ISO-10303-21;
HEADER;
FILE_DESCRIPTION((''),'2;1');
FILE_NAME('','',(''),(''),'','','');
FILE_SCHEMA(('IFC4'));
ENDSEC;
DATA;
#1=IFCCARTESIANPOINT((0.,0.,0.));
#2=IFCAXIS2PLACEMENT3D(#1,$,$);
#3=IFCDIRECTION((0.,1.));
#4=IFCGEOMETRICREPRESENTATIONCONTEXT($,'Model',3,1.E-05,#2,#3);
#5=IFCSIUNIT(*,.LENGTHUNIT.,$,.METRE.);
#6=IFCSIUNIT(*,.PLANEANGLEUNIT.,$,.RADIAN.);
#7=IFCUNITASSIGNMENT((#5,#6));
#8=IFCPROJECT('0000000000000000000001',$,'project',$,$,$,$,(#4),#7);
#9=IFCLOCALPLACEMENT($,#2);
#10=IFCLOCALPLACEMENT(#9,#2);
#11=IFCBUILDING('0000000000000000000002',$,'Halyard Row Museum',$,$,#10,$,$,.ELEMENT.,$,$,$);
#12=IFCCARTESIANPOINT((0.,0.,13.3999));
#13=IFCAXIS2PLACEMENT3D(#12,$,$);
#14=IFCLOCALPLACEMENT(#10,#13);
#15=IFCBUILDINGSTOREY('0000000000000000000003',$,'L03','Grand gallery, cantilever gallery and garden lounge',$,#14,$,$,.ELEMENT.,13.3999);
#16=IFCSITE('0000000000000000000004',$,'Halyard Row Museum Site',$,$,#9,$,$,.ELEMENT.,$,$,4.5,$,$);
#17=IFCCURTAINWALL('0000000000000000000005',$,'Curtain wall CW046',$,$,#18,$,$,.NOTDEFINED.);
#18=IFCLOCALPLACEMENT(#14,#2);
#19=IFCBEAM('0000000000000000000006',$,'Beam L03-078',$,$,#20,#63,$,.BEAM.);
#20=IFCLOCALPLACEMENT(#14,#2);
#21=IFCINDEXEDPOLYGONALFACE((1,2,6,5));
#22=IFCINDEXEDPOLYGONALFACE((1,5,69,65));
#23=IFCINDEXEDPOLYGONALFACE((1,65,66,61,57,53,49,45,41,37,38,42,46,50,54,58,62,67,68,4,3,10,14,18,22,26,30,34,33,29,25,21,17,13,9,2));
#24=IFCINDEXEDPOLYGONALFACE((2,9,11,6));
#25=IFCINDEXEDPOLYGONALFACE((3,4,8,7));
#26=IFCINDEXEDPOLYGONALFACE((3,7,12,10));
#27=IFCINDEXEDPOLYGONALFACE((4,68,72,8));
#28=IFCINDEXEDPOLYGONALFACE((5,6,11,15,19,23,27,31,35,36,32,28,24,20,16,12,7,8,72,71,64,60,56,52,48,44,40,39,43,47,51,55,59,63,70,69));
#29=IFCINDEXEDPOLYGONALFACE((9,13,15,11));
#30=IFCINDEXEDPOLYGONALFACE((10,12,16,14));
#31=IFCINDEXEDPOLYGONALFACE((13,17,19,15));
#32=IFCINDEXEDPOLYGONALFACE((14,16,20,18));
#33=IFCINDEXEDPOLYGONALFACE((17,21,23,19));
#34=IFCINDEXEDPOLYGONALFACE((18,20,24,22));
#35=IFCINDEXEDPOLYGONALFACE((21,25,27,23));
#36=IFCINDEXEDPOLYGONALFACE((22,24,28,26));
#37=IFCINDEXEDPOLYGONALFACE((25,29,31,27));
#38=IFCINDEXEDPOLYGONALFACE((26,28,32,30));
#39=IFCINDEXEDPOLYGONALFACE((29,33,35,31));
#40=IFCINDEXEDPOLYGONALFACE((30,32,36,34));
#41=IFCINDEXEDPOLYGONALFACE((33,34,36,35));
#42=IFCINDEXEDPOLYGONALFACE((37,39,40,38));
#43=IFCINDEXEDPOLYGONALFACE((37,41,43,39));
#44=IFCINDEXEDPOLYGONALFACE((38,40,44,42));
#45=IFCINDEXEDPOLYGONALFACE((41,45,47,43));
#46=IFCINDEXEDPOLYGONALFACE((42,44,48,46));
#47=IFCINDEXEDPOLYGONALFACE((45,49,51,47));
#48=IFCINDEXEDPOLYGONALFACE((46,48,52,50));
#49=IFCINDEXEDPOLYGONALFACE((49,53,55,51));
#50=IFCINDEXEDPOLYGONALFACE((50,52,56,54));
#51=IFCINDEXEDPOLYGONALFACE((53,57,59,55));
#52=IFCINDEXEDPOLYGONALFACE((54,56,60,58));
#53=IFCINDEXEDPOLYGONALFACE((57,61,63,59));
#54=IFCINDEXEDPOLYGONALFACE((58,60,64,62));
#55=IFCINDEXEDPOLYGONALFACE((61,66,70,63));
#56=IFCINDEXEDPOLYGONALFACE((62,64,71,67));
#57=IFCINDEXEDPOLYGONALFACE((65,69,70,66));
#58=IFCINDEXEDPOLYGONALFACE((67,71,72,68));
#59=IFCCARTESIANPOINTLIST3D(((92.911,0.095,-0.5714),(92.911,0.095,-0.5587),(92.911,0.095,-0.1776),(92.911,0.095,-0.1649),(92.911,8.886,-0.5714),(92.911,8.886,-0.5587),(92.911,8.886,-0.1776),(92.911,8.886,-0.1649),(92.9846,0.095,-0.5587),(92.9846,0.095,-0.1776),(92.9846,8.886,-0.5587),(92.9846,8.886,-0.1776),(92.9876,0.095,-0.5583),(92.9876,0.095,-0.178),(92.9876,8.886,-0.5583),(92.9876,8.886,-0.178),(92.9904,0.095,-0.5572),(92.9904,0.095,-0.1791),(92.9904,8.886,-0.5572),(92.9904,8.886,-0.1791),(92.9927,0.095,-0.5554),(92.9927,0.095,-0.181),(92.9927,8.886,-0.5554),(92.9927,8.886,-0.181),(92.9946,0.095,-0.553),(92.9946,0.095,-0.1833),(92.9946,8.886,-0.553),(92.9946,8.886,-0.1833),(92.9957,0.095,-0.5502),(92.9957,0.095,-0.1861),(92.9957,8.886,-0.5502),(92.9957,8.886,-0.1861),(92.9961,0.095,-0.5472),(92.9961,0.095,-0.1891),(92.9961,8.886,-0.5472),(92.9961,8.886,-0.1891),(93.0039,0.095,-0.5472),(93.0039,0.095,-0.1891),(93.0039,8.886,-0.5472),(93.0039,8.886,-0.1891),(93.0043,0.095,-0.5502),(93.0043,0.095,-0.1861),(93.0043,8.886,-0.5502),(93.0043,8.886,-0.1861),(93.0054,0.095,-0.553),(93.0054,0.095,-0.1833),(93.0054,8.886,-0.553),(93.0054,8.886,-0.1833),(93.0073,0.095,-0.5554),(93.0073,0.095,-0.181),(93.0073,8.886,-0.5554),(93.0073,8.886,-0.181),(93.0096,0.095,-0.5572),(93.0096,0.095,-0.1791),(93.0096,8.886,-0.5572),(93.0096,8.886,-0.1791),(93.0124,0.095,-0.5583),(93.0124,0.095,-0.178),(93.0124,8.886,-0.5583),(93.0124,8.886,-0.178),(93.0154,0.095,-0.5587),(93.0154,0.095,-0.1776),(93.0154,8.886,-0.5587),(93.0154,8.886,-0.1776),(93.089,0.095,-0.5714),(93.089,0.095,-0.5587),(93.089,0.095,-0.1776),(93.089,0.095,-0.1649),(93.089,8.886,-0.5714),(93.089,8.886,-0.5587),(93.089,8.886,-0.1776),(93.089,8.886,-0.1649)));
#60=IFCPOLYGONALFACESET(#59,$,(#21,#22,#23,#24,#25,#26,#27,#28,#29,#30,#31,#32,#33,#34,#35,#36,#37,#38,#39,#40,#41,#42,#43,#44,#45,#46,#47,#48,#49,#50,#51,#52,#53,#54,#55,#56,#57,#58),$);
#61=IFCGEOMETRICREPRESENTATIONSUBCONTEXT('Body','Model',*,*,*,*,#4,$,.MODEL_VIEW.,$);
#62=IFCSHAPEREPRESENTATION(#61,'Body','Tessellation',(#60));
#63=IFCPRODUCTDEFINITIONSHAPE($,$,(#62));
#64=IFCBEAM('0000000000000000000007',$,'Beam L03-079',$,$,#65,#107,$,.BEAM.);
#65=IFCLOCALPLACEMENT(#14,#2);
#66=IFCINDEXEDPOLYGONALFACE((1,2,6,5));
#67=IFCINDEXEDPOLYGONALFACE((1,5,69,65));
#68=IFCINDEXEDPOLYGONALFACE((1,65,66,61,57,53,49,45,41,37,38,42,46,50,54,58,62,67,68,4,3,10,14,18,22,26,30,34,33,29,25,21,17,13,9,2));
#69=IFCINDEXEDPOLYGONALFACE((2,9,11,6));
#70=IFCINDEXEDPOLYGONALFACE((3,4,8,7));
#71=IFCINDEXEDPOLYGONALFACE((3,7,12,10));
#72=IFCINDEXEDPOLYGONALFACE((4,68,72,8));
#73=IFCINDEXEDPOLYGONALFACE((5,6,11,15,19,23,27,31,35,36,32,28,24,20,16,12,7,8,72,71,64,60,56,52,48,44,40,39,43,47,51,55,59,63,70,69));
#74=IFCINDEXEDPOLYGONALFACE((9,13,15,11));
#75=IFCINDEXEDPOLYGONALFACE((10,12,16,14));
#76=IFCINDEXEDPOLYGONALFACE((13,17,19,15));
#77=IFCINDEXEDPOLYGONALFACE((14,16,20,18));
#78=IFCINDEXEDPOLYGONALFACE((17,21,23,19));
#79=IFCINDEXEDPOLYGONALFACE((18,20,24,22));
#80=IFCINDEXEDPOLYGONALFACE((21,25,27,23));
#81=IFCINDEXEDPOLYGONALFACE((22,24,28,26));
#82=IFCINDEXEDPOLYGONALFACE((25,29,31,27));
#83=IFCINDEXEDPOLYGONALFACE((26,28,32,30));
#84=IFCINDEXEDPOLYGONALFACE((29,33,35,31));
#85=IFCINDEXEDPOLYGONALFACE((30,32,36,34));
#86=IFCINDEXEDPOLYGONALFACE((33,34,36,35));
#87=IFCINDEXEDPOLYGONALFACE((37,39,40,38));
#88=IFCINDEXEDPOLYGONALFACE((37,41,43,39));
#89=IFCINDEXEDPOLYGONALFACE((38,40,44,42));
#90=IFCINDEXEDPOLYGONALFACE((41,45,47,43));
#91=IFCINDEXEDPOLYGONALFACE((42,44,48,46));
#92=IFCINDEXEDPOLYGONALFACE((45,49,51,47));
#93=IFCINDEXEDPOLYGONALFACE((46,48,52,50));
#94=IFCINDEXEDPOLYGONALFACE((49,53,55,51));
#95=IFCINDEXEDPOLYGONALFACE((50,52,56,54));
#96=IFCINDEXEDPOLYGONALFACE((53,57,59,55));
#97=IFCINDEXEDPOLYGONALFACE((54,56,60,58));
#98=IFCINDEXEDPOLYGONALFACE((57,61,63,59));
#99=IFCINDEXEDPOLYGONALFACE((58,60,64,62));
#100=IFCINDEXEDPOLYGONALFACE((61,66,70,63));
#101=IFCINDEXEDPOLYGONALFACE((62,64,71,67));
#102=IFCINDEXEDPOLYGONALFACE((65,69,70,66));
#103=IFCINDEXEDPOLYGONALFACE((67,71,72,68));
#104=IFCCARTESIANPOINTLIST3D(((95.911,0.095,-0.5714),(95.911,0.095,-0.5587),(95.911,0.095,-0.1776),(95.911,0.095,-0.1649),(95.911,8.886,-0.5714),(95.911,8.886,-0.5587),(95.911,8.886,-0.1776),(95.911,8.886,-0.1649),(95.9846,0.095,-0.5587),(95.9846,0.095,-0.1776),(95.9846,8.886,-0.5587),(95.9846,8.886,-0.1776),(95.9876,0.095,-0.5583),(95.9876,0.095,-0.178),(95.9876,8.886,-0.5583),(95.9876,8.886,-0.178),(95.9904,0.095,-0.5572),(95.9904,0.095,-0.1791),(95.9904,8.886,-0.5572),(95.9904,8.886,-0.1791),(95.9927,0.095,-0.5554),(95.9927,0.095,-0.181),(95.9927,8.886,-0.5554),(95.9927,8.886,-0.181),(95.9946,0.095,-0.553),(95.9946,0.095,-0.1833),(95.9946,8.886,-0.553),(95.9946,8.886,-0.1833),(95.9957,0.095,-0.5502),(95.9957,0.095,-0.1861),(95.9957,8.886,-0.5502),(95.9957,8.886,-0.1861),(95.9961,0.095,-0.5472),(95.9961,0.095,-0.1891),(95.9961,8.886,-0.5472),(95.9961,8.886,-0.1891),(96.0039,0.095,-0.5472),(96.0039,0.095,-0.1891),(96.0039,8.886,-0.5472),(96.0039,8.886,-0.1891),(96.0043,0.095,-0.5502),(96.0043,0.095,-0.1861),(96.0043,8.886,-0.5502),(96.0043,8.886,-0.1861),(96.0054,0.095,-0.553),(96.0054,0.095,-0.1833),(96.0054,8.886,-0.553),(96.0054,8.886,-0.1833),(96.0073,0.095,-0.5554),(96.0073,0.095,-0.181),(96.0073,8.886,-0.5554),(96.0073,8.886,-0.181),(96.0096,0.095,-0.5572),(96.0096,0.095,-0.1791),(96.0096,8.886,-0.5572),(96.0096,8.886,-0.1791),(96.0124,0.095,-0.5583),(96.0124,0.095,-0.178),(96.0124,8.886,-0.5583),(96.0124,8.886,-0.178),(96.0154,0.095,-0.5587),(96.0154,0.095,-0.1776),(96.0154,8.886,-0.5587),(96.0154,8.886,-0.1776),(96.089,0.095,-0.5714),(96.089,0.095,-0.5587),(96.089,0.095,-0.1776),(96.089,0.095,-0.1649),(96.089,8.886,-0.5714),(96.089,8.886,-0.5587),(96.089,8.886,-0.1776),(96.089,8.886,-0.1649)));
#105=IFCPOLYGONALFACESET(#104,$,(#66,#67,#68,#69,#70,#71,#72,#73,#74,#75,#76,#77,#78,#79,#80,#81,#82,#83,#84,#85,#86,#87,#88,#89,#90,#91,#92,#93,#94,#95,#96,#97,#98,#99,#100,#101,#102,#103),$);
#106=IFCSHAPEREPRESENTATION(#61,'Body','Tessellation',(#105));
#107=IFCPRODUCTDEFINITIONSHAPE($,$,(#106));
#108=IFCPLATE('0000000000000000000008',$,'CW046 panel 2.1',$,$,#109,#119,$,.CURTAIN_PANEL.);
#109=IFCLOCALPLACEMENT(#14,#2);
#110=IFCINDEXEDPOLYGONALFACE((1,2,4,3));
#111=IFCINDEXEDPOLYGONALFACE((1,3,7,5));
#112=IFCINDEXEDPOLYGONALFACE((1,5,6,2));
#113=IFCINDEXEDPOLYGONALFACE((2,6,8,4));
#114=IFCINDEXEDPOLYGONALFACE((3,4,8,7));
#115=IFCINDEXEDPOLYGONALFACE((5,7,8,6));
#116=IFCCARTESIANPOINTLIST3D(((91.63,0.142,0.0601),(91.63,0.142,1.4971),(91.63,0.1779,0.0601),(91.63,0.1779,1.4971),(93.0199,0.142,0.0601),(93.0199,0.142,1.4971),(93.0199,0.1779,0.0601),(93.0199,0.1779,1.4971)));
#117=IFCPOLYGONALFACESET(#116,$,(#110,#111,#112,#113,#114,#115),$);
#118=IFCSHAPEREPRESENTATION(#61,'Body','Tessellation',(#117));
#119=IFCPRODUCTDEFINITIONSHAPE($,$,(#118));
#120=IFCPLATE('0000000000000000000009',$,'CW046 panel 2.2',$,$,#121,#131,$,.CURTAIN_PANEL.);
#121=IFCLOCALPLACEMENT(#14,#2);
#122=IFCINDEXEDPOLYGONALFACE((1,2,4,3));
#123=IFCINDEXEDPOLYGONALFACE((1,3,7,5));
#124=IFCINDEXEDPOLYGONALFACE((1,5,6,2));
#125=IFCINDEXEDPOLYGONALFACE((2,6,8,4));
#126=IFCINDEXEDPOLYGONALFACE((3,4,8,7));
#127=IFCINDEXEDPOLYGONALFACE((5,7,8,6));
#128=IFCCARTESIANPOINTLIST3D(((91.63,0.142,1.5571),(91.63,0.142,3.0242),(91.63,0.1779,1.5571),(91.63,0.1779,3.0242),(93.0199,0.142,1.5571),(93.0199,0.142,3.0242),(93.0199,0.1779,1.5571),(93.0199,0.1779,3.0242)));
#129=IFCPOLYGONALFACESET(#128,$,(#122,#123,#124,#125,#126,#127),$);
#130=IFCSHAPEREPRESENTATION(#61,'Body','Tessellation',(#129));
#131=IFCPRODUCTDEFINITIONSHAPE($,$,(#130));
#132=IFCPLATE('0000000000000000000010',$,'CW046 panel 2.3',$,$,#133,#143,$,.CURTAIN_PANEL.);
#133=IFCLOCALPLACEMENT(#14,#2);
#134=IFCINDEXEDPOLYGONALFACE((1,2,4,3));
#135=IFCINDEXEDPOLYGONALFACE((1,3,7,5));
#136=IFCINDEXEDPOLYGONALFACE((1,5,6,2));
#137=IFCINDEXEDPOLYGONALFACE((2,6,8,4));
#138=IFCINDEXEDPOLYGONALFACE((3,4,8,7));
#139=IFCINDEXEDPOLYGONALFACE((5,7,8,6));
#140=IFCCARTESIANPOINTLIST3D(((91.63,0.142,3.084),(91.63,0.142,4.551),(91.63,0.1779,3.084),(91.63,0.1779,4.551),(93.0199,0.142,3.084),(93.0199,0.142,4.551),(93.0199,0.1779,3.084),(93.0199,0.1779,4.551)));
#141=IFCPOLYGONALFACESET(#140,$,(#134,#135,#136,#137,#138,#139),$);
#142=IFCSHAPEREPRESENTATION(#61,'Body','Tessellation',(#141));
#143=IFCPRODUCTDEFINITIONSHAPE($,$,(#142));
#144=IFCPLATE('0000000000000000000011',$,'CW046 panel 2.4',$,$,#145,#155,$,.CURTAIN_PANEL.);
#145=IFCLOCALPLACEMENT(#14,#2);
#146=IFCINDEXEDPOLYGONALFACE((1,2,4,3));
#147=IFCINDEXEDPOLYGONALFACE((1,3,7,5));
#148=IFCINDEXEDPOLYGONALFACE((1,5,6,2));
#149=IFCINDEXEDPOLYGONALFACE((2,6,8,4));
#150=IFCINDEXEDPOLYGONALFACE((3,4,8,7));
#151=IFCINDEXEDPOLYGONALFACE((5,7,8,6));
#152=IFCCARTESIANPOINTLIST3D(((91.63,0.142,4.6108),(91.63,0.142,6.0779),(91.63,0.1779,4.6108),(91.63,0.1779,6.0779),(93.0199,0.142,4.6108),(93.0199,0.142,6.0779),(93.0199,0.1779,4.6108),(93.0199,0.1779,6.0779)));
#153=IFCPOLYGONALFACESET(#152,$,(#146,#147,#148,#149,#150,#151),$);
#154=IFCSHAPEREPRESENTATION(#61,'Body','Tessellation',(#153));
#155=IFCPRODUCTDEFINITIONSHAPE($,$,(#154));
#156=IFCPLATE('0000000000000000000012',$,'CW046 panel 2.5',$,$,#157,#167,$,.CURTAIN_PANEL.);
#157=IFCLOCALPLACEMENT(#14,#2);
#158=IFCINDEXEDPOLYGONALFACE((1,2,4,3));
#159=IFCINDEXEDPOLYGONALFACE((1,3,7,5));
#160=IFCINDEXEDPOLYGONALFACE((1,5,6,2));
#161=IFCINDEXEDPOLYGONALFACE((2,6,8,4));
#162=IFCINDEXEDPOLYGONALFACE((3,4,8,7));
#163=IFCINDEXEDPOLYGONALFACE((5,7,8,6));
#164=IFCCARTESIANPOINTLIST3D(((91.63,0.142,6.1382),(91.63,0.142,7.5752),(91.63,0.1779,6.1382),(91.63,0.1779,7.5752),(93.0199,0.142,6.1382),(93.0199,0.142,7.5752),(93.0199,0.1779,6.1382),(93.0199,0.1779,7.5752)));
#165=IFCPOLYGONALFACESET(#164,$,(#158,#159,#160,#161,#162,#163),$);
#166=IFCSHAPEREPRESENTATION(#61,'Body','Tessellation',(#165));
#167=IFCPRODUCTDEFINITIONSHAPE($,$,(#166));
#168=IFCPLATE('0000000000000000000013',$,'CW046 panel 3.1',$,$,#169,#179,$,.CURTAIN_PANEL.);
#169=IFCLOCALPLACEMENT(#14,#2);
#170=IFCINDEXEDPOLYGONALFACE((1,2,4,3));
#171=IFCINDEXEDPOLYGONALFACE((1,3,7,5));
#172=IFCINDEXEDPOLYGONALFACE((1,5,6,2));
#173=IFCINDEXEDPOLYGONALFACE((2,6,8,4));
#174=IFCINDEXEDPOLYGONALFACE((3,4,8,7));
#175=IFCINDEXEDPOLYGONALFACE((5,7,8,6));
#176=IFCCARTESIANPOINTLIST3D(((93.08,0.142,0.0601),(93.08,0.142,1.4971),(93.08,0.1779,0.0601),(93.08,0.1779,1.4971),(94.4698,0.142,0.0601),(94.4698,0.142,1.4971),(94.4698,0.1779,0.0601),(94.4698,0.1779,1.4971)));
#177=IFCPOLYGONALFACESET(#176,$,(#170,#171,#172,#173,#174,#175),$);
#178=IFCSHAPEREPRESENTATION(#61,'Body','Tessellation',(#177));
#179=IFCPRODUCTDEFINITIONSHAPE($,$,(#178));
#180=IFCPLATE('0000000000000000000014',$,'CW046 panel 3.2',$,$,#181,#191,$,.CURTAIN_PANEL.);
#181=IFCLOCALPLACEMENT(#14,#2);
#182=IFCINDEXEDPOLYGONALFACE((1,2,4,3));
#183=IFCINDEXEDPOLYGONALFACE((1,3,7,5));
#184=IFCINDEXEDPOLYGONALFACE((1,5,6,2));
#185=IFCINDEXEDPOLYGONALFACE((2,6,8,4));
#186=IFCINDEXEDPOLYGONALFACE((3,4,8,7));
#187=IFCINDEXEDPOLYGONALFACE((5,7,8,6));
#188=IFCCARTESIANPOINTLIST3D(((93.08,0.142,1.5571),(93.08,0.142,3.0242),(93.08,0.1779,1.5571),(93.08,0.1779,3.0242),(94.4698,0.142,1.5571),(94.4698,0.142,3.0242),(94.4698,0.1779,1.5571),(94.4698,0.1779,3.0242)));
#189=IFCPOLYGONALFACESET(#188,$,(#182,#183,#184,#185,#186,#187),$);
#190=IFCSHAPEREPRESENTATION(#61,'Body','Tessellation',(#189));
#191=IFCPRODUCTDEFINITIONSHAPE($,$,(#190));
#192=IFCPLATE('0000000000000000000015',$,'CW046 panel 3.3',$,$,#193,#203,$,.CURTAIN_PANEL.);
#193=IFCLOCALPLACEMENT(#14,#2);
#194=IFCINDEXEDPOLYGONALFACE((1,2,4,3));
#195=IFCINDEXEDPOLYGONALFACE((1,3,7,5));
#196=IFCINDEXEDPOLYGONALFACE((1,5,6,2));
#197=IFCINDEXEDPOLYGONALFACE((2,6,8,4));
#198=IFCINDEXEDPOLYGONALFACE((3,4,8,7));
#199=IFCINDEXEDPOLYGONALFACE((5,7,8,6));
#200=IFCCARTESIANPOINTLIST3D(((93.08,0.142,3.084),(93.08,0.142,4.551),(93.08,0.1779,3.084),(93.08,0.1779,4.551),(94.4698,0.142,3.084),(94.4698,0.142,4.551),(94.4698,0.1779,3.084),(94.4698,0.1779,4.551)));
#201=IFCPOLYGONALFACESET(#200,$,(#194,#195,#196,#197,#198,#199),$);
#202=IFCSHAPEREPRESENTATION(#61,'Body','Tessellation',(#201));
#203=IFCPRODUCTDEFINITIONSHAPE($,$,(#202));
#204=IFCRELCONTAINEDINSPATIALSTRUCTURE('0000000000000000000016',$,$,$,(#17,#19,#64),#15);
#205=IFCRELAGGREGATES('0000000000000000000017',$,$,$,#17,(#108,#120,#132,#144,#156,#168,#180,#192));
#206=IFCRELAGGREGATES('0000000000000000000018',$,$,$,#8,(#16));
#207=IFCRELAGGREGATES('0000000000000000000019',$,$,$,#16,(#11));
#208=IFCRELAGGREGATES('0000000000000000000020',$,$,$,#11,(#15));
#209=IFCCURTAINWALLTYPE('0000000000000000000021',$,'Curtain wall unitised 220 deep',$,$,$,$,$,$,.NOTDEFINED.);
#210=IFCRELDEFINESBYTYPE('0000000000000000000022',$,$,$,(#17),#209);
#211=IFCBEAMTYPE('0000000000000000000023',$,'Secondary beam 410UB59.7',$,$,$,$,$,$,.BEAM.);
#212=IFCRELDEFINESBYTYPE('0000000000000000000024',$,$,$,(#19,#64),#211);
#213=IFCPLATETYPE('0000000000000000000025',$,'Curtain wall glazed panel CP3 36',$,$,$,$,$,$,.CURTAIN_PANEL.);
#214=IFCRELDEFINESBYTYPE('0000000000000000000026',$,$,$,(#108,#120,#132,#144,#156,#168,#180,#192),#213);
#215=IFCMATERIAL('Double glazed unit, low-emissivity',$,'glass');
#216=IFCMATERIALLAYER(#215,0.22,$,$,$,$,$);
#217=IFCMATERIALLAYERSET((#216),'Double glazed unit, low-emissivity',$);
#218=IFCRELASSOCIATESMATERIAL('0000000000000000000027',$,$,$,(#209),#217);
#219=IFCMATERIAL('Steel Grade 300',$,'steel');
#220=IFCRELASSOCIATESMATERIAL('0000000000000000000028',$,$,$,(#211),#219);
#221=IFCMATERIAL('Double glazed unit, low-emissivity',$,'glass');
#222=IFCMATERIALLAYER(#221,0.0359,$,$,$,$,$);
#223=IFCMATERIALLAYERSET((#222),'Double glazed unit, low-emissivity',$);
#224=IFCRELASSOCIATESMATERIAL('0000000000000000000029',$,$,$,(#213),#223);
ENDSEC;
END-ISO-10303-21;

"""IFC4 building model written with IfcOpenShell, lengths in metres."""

from ifc_helpers import new_model, si_unit, direction, frame, origin, origin_2d, place, context, subcontext, project, spatial, rectangle, i_section, extrude, material, layer, layer_set, material_profile, profile_set, type_object, element, aggregate, save


model = new_model("IFC4")

# Units and contexts
model_context = context("Model", 3, precision=1e-05, world=origin(), true_north=direction((0.0, 1.0)))
body_context = subcontext(model_context, "Body", "Model", "MODEL_VIEW")
ifc_project = project(units=[si_unit("LENGTHUNIT", "METRE"), si_unit("PLANEANGLEUNIT", "RADIAN")], contexts=[model_context])

# Site, building, storey
site_placement = place(None, origin())
site = spatial("IfcSite", under=ifc_project, at=site_placement, Name="Halyard Row Museum Site", CompositionType="ELEMENT", RefElevation=4.5)
building_placement = place(site_placement, origin())
building = spatial("IfcBuilding", under=site, at=building_placement, Name="Halyard Row Museum", CompositionType="ELEMENT")
storey_placement = place(building_placement, frame((0.0, 0.0, 13.3999)))
storey = spatial("IfcBuildingStorey", under=building, at=storey_placement, Name="L03", Description="Grand gallery, cantilever gallery and garden lounge", CompositionType="ELEMENT", Elevation=13.3999)

# Curtain wall
ifc_material_1 = material(Name="Double glazed unit, low-emissivity", Category="glass")
ifc_layer_1 = layer(ifc_material_1, 0.22)
ifc_layer_set_1 = layer_set([ifc_layer_1], Name="Double glazed unit, low-emissivity")
curtain_wall_type = type_object("IfcCurtainWallType", Name="Curtain wall unitised 220 deep", PredefinedType="NOTDEFINED", material=ifc_layer_set_1)
curtain_wall_placement = place(storey_placement, origin())
curtain_wall = element("IfcCurtainWall", 1, at=curtain_wall_placement, inside=storey, type_object=curtain_wall_type, Name="Curtain wall CW046", PredefinedType="NOTDEFINED")

# Beams
ifc_material_2 = material(Name="Steel Grade 300", Category="steel")
ifc_material_profile_1 = material_profile(ifc_material_2, i_section(OverallWidth=0.178, OverallDepth=0.4065, WebThickness=0.0078, FlangeThickness=0.0127, FilletRadius=0.0115, at=origin_2d()), Name="410UB59.7")
ifc_profile_set_1 = profile_set([ifc_material_profile_1], Name="Steel Grade 300")
beam_type_1 = type_object("IfcBeamType", Name="Secondary beam 410UB59.7", PredefinedType="BEAM", material=ifc_profile_set_1)
for number, where, z_axis, x_axis, name in (
    (2, (93.0, 0.095, -0.3682), (0.0, 1.0, 0.0), (-1.0, 0.0, 0.0), "Beam L03-078"),
    (3, (96.0, 0.095, -0.3682), (0.0, 1.0, 0.0), (-1.0, 0.0, 0.0), "Beam L03-079"),
):
    element("IfcBeam", number, at=place(storey_placement, frame(where, z_axis=z_axis, x_axis=x_axis)), inside=storey, type_object=beam_type_1, Name=name, PredefinedType="BEAM", context=body_context, shape_type="SweptSolid", body=[
        extrude(i_section(OverallWidth=0.178, OverallDepth=0.4065, WebThickness=0.0078, FlangeThickness=0.0127, FilletRadius=0.0115, at=origin_2d()), origin(), (0.0, 0.0, 1.0), 8.791),
    ])

# Plates
ifc_material_3 = material(Name="Double glazed unit, low-emissivity", Category="glass")
ifc_layer_2 = layer(ifc_material_3, 0.0359)
ifc_layer_set_2 = layer_set([ifc_layer_2], Name="Double glazed unit, low-emissivity")
plate_type = type_object("IfcPlateType", Name="Curtain wall glazed panel CP3 36", PredefinedType="CURTAIN_PANEL", material=ifc_layer_set_2)
plate_1_placement = place(storey_placement, frame((92.325, 0.1599, 0.0601), z_axis=(0.0, 0.0, 1.0), x_axis=(1.0, 0.0, 0.0)))
plate_1 = element("IfcPlate", 4, at=plate_1_placement, type_object=plate_type, Name="CW046 panel 2.1", PredefinedType="CURTAIN_PANEL", context=body_context, shape_type="SweptSolid", body=[
    extrude(rectangle(XDim=1.3899, YDim=0.0359, at=origin_2d()), origin(), (0.0, 0.0, 1.0), 1.437),
])
plate_2_placement = place(storey_placement, frame((92.325, 0.1599, 1.5571), z_axis=(0.0, 0.0, 1.0), x_axis=(1.0, 0.0, 0.0)))
plate_2 = element("IfcPlate", 5, at=plate_2_placement, type_object=plate_type, Name="CW046 panel 2.2", PredefinedType="CURTAIN_PANEL", context=body_context, shape_type="SweptSolid", body=[
    extrude(rectangle(XDim=1.3899, YDim=0.0359, at=origin_2d()), origin(), (0.0, 0.0, 1.0), 1.467),
])
plate_3_placement = place(storey_placement, frame((92.325, 0.1599, 3.084), z_axis=(0.0, 0.0, 1.0), x_axis=(1.0, 0.0, 0.0)))
plate_3 = element("IfcPlate", 6, at=plate_3_placement, type_object=plate_type, Name="CW046 panel 2.3", PredefinedType="CURTAIN_PANEL", context=body_context, shape_type="SweptSolid", body=[
    extrude(rectangle(XDim=1.3899, YDim=0.0359, at=origin_2d()), origin(), (0.0, 0.0, 1.0), 1.467),
])
plate_4_placement = place(storey_placement, frame((92.325, 0.1599, 4.6108), z_axis=(0.0, 0.0, 1.0), x_axis=(1.0, 0.0, 0.0)))
plate_4 = element("IfcPlate", 7, at=plate_4_placement, type_object=plate_type, Name="CW046 panel 2.4", PredefinedType="CURTAIN_PANEL", context=body_context, shape_type="SweptSolid", body=[
    extrude(rectangle(XDim=1.3899, YDim=0.0359, at=origin_2d()), origin(), (0.0, 0.0, 1.0), 1.467),
])
plate_5_placement = place(storey_placement, frame((92.325, 0.1599, 6.1382), z_axis=(0.0, 0.0, 1.0), x_axis=(1.0, 0.0, 0.0)))
plate_5 = element("IfcPlate", 8, at=plate_5_placement, type_object=plate_type, Name="CW046 panel 2.5", PredefinedType="CURTAIN_PANEL", context=body_context, shape_type="SweptSolid", body=[
    extrude(rectangle(XDim=1.3899, YDim=0.0359, at=origin_2d()), origin(), (0.0, 0.0, 1.0), 1.437),
])
plate_6_placement = place(storey_placement, frame((93.7749, 0.1599, 0.0601), z_axis=(0.0, 0.0, 1.0), x_axis=(1.0, 0.0, 0.0)))
plate_6 = element("IfcPlate", 9, at=plate_6_placement, type_object=plate_type, Name="CW046 panel 3.1", PredefinedType="CURTAIN_PANEL", context=body_context, shape_type="SweptSolid", body=[
    extrude(rectangle(XDim=1.3899, YDim=0.0359, at=origin_2d()), origin(), (0.0, 0.0, 1.0), 1.437),
])
plate_7_placement = place(storey_placement, frame((93.7749, 0.1599, 1.5571), z_axis=(0.0, 0.0, 1.0), x_axis=(1.0, 0.0, 0.0)))
plate_7 = element("IfcPlate", 10, at=plate_7_placement, type_object=plate_type, Name="CW046 panel 3.2", PredefinedType="CURTAIN_PANEL", context=body_context, shape_type="SweptSolid", body=[
    extrude(rectangle(XDim=1.3899, YDim=0.0359, at=origin_2d()), origin(), (0.0, 0.0, 1.0), 1.467),
])
plate_8_placement = place(storey_placement, frame((93.7749, 0.1599, 3.084), z_axis=(0.0, 0.0, 1.0), x_axis=(1.0, 0.0, 0.0)))
plate_8 = element("IfcPlate", 11, at=plate_8_placement, type_object=plate_type, Name="CW046 panel 3.3", PredefinedType="CURTAIN_PANEL", context=body_context, shape_type="SweptSolid", body=[
    extrude(rectangle(XDim=1.3899, YDim=0.0359, at=origin_2d()), origin(), (0.0, 0.0, 1.0), 1.467),
])
aggregate(curtain_wall, [plate_1, plate_2, plate_3, plate_4, plate_5, plate_6, plate_7, plate_8])

save(model, "model.ifc")
